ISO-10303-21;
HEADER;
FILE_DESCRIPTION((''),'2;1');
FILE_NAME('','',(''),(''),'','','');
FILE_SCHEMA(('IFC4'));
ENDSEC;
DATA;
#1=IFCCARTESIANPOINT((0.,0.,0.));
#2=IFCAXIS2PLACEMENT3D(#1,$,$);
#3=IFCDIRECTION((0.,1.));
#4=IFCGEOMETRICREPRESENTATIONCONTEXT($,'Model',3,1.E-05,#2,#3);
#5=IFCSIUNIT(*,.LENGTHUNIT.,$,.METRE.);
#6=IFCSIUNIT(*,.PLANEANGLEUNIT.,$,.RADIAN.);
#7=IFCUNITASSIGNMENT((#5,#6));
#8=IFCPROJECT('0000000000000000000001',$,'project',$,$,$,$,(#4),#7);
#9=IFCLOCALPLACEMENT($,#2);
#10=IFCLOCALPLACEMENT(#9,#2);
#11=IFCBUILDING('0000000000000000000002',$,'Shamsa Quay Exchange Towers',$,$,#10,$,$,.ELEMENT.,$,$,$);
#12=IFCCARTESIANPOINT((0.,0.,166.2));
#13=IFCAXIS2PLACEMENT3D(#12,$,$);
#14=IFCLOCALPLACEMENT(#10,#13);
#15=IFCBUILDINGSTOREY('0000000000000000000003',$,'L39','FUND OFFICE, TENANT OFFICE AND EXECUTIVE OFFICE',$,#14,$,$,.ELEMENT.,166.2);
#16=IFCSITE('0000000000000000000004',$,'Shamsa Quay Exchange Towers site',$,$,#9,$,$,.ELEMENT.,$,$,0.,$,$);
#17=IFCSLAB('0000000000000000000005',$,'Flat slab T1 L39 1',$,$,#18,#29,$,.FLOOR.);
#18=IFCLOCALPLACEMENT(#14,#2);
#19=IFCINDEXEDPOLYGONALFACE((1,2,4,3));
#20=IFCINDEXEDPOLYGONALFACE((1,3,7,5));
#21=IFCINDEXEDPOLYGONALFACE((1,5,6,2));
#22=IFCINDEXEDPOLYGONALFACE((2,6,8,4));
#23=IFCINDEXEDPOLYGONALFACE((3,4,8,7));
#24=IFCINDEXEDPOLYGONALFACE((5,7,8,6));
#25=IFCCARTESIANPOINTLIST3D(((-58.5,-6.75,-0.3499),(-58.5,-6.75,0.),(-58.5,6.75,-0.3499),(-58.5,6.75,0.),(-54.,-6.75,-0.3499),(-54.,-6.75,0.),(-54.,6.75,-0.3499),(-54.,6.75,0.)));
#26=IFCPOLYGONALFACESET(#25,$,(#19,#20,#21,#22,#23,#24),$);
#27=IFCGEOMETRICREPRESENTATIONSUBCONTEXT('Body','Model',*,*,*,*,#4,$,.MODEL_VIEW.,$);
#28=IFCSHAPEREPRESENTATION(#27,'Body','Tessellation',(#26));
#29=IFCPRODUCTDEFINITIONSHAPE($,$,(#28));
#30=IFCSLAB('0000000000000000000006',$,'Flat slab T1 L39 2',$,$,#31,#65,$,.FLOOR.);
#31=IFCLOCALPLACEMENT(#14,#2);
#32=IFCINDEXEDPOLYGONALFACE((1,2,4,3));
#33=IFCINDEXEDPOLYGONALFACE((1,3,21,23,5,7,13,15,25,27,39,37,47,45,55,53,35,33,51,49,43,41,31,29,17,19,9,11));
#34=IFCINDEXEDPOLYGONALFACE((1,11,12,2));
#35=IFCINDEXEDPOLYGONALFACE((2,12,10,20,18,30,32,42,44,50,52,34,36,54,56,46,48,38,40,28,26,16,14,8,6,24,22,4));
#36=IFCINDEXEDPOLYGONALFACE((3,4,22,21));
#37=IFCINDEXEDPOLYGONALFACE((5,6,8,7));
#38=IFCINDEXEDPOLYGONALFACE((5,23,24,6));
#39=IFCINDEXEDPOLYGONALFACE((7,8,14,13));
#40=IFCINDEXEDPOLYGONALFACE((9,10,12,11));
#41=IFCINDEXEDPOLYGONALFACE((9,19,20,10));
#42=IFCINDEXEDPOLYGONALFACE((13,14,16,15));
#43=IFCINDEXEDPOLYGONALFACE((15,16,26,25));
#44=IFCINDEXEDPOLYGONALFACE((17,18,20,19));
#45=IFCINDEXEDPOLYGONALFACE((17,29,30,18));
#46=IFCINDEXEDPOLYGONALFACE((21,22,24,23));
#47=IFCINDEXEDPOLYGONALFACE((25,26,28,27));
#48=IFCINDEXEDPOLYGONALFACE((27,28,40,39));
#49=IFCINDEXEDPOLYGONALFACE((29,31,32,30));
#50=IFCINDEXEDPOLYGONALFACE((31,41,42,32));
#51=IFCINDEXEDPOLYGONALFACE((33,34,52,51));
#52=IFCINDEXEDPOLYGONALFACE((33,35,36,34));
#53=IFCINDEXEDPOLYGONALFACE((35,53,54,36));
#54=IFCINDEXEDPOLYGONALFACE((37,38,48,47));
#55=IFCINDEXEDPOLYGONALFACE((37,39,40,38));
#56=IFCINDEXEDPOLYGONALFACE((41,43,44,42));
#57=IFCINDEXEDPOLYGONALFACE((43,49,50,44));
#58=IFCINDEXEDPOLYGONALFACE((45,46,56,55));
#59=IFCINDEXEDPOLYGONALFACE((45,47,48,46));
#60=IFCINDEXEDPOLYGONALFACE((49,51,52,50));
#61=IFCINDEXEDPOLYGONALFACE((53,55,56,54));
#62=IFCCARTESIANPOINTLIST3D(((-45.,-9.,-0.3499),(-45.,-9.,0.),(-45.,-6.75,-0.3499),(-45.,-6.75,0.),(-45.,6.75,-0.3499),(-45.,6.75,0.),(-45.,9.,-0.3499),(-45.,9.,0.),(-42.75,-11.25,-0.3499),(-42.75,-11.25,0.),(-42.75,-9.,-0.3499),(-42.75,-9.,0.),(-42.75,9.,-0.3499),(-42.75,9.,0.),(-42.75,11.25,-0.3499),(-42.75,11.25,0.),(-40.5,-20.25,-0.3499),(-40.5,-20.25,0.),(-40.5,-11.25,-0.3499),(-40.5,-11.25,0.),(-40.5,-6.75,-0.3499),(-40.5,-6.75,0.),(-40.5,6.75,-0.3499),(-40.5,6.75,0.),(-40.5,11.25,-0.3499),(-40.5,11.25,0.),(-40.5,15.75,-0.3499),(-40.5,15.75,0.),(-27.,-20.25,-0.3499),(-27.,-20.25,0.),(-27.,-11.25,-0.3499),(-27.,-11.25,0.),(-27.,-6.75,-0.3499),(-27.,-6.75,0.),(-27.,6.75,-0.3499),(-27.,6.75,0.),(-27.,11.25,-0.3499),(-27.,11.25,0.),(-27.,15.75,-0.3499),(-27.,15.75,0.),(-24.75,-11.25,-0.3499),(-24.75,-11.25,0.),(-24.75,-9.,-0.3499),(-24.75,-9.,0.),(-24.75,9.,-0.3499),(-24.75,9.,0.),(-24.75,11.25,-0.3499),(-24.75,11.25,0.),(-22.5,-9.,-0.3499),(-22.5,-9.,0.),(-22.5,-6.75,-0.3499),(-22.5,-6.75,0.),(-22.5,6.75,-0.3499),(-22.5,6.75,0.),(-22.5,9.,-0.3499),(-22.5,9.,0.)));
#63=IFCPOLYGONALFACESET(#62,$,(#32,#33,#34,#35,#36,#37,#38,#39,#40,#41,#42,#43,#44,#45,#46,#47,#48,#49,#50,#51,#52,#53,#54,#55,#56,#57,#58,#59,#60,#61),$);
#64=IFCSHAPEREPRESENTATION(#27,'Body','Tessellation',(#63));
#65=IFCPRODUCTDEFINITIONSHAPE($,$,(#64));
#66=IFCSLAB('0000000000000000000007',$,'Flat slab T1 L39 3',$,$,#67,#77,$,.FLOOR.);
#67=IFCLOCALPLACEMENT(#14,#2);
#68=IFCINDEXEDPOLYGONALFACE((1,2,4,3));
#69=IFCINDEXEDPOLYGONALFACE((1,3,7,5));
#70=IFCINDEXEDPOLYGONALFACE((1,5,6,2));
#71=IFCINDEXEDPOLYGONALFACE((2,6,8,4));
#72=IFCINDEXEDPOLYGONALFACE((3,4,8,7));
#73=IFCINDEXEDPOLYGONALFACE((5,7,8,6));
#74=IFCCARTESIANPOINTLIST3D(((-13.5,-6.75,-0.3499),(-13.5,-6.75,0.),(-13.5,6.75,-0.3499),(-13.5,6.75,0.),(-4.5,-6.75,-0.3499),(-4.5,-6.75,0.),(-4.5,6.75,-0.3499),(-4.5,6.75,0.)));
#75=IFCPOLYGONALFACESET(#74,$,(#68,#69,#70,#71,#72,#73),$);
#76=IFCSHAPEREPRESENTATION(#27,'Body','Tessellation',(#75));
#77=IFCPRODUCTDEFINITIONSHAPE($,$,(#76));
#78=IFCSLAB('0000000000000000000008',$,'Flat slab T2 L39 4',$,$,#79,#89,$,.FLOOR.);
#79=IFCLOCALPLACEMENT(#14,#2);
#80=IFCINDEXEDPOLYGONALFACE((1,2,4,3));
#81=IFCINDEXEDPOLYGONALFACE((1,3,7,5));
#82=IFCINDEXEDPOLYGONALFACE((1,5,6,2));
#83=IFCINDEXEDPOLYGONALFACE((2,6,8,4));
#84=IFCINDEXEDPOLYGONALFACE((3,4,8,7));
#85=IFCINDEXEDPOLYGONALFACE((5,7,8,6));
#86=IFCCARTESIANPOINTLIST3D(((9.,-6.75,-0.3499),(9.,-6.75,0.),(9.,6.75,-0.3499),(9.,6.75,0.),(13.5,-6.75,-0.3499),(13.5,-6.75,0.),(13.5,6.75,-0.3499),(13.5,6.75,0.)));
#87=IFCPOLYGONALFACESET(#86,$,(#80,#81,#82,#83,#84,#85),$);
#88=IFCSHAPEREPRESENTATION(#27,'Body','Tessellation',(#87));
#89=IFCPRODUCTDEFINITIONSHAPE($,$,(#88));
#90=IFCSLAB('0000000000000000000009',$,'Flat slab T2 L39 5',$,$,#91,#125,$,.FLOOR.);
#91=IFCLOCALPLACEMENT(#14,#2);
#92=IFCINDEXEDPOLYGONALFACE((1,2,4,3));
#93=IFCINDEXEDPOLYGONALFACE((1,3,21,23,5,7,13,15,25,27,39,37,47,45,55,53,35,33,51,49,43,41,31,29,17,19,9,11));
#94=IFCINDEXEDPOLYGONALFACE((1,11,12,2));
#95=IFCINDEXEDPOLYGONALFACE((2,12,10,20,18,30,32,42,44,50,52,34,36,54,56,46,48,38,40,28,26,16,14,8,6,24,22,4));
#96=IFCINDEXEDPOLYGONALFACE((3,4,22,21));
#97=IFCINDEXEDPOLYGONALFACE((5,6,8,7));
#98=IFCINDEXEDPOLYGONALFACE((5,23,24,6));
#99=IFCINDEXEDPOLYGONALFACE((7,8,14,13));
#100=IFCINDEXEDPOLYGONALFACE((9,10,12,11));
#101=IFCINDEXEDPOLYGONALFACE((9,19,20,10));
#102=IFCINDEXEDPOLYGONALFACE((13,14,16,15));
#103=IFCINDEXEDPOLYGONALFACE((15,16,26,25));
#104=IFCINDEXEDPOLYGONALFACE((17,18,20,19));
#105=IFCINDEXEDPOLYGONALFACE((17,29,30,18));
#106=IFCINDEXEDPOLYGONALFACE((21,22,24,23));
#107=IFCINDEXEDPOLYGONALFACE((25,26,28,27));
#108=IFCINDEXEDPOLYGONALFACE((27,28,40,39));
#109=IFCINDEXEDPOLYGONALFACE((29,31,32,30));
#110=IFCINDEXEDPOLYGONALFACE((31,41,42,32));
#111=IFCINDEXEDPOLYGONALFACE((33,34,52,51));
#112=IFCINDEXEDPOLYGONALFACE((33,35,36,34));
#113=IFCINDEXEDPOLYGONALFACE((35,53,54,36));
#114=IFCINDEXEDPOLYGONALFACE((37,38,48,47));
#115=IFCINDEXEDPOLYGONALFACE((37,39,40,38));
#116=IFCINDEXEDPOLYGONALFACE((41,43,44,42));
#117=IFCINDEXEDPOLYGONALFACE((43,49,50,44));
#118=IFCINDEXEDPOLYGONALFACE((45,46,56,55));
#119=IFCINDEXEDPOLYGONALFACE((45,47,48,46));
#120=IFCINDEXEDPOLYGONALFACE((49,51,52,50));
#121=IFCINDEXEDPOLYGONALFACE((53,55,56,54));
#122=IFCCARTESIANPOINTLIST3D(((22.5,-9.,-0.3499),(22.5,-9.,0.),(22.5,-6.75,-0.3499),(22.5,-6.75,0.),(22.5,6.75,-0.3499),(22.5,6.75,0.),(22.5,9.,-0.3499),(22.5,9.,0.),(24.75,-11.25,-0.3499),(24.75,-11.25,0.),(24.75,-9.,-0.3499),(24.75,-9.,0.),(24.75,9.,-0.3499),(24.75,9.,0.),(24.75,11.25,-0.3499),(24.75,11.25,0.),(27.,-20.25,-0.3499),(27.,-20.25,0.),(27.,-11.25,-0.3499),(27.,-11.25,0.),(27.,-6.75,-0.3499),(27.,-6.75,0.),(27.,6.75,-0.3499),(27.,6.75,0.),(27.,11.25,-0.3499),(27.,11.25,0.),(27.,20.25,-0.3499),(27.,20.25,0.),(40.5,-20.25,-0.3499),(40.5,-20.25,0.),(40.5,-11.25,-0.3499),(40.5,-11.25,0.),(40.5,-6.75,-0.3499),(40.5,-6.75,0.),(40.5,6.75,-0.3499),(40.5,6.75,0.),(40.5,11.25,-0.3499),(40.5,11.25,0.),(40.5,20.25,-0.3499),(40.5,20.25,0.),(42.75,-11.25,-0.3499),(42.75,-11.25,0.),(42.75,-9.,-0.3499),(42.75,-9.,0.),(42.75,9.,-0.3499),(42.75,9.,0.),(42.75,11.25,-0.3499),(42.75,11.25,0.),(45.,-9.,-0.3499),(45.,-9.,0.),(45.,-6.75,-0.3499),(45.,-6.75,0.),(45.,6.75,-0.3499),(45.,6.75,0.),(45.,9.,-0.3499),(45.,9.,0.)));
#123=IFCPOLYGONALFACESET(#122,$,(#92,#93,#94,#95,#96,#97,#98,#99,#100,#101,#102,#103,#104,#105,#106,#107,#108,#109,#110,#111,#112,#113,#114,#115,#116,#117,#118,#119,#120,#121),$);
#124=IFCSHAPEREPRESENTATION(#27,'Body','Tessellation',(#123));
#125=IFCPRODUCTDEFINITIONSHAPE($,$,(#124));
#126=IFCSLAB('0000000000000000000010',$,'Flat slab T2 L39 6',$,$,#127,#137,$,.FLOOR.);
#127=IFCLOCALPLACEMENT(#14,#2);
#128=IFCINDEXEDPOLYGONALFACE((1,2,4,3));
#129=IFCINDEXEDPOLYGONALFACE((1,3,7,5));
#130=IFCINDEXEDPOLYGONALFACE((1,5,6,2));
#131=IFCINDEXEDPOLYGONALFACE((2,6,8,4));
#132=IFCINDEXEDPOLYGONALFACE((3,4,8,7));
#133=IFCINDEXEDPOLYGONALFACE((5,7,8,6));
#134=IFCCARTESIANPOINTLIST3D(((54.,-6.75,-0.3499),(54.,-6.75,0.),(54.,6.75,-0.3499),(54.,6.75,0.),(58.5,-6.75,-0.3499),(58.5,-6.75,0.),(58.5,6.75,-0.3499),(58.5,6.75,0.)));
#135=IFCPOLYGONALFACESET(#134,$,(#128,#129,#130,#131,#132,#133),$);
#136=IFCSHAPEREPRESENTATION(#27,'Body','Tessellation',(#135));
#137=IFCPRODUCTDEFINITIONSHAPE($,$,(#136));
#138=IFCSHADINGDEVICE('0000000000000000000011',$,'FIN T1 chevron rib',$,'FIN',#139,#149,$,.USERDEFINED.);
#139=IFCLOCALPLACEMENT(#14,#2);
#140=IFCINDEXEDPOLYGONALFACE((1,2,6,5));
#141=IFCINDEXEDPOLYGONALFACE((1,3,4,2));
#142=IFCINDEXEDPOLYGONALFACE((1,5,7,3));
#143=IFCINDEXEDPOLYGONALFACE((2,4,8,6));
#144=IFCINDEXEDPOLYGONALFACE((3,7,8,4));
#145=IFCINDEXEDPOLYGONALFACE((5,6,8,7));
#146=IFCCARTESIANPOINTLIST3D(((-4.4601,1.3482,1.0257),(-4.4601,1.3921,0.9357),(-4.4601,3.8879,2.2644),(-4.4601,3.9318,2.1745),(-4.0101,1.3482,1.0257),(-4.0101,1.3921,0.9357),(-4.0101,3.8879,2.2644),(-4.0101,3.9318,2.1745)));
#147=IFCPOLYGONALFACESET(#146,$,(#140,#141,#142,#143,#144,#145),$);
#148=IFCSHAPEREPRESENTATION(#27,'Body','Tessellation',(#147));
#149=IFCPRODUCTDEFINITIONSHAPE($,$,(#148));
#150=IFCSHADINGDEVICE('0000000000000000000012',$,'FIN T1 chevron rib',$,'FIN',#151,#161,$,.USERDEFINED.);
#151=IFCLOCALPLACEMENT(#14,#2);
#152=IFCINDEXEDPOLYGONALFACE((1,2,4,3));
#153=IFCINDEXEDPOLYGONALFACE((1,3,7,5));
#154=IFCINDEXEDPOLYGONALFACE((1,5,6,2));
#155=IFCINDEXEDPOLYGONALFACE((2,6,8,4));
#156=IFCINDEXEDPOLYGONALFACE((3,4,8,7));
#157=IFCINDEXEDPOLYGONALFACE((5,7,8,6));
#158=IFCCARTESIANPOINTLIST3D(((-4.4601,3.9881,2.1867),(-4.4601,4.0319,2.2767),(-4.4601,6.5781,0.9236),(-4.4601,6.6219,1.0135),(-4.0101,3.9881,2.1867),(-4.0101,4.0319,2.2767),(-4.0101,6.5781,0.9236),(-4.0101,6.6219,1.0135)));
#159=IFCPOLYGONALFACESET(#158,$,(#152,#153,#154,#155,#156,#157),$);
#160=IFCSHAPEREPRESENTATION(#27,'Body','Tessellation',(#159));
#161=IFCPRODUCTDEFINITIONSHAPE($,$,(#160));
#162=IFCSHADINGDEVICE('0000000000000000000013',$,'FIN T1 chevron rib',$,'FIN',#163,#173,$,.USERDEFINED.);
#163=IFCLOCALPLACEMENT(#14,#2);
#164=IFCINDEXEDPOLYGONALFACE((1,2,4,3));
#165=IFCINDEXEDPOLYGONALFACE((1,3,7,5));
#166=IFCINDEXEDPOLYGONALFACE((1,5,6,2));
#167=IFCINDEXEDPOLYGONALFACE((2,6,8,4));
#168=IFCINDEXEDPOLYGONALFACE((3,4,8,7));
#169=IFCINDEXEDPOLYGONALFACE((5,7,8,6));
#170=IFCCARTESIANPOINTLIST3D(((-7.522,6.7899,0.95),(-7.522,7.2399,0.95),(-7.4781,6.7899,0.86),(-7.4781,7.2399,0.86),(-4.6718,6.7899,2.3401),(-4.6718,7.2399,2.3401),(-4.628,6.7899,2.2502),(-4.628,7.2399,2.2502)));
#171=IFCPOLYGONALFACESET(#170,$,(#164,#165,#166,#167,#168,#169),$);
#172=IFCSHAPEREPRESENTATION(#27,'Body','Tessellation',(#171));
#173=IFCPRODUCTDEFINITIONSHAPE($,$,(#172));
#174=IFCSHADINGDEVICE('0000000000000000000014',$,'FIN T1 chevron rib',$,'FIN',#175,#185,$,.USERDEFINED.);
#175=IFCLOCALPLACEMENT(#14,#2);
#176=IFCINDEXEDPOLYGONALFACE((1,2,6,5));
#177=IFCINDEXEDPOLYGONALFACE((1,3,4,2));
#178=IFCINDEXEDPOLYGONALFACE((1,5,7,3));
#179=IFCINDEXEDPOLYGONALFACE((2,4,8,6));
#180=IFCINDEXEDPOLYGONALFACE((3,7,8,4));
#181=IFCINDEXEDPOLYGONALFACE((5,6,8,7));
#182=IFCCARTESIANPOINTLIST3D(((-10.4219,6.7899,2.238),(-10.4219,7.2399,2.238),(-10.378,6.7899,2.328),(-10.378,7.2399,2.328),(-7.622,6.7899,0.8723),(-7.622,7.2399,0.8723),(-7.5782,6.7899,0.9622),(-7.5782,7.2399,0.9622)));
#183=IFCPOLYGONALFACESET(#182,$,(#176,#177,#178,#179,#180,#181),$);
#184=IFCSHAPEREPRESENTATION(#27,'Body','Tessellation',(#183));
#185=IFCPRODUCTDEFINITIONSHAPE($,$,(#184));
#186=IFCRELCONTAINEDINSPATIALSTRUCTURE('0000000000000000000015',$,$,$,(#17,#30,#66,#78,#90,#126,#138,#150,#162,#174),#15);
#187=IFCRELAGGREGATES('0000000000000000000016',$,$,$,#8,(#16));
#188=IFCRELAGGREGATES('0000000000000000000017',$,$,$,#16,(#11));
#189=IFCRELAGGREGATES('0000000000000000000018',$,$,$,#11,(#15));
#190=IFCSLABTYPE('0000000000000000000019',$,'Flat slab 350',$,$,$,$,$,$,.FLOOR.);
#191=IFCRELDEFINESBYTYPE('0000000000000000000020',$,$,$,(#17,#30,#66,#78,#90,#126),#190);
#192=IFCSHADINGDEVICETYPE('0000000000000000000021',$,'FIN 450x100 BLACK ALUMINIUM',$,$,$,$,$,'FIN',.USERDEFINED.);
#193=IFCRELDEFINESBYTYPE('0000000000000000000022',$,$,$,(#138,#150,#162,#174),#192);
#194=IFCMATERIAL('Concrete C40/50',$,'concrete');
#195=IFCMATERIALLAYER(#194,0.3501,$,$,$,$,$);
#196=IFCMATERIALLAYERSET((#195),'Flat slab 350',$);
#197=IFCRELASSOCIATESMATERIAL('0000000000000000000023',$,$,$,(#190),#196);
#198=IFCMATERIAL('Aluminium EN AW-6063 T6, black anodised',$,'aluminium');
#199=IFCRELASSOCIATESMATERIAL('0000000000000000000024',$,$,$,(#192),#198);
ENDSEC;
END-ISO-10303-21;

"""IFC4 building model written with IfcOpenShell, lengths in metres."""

from ifc_helpers import new_model, si_unit, direction, frame, origin, origin_2d, place, context, subcontext, project, spatial, polyline, rectangle, outline, extrude, material, layer, layer_set, material_profile, profile_set, type_object, element, save


model = new_model("IFC4")

# Units and contexts
model_context = context("Model", 3, precision=1e-05, world=origin(), true_north=direction((0.0, 1.0)))
body_context = subcontext(model_context, "Body", "Model", "MODEL_VIEW")
ifc_project = project(units=[si_unit("LENGTHUNIT", "METRE"), si_unit("PLANEANGLEUNIT", "RADIAN")], contexts=[model_context])

# Site, building, storey
site_placement = place(None, origin())
site = spatial("IfcSite", under=ifc_project, at=site_placement, Name="Shamsa Quay Exchange Towers site", CompositionType="ELEMENT", RefElevation=0.0)
building_placement = place(site_placement, origin())
building = spatial("IfcBuilding", under=site, at=building_placement, Name="Shamsa Quay Exchange Towers", CompositionType="ELEMENT")
storey_placement = place(building_placement, frame((0.0, 0.0, 166.2)))
storey = spatial("IfcBuildingStorey", under=building, at=storey_placement, Name="L39", Description="FUND OFFICE, TENANT OFFICE AND EXECUTIVE OFFICE", CompositionType="ELEMENT", Elevation=166.2)

# Shared definitions
ifc_material_1 = material(Name="Aluminium EN AW-6063 T6, black anodised", Category="aluminium")

# Shared definitions
ifc_material_2 = material(Name="Concrete C40/50", Category="concrete")

# Slabs
ifc_layer_1 = layer(ifc_material_2, 0.3501)
ifc_layer_set_1 = layer_set([ifc_layer_1], Name="Flat slab 350")
slab_type_1 = type_object("IfcSlabType", Name="Flat slab 350", PredefinedType="FLOOR", material=ifc_layer_set_1)
slab_1_placement = place(storey_placement, frame((0.0, 0.0, -0.3499)))
element("IfcSlab", 1, at=slab_1_placement, inside=storey, type_object=slab_type_1, Name="Flat slab T1 L39 1", PredefinedType="FLOOR", context=body_context, shape_type="SweptSolid", body=[
    extrude(outline(polyline([(-58.5, -6.75), (-54.0, -6.75), (-54.0, 6.75), (-58.5, 6.75), (-58.5, -6.75)])), origin(), (0.0, 0.0, 1.0), 0.3499),
])
slab_2_placement = place(storey_placement, frame((0.0, 0.0, -0.3499)))
element("IfcSlab", 2, at=slab_2_placement, inside=storey, type_object=slab_type_1, Name="Flat slab T1 L39 2", PredefinedType="FLOOR", context=body_context, shape_type="SweptSolid", body=[
    extrude(outline(polyline([(-22.5, -9.0), (-22.5, -6.75), (-27.0, -6.75), (-27.0, 6.75), (-22.5, 6.75), (-22.5, 9.0), (-24.75, 9.0), (-24.75, 11.25), (-27.0, 11.25), (-27.0, 15.75), (-40.5, 15.75), (-40.5, 11.25), (-42.75, 11.25), (-42.75, 9.0), (-45.0, 9.0), (-45.0, 6.75), (-40.5, 6.75), (-40.5, -6.75), (-45.0, -6.75), (-45.0, -9.0), (-42.75, -9.0), (-42.75, -11.25), (-40.5, -11.25), (-40.5, -20.25), (-27.0, -20.25), (-27.0, -11.25), (-24.75, -11.25), (-24.75, -9.0), (-22.5, -9.0)])), origin(), (0.0, 0.0, 1.0), 0.3499),
])
slab_3_placement = place(storey_placement, frame((0.0, 0.0, -0.3499)))
element("IfcSlab", 3, at=slab_3_placement, inside=storey, type_object=slab_type_1, Name="Flat slab T1 L39 3", PredefinedType="FLOOR", context=body_context, shape_type="SweptSolid", body=[
    extrude(outline(polyline([(-4.5, 6.75), (-13.5, 6.75), (-13.5, -6.75), (-4.5, -6.75), (-4.5, 6.75)])), origin(), (0.0, 0.0, 1.0), 0.3499),
])
slab_4_placement = place(storey_placement, frame((0.0, 0.0, -0.3499)))
element("IfcSlab", 4, at=slab_4_placement, inside=storey, type_object=slab_type_1, Name="Flat slab T2 L39 4", PredefinedType="FLOOR", context=body_context, shape_type="SweptSolid", body=[
    extrude(outline(polyline([(9.0, -6.75), (13.5, -6.75), (13.5, 6.75), (9.0, 6.75), (9.0, -6.75)])), origin(), (0.0, 0.0, 1.0), 0.3499),
])
slab_5_placement = place(storey_placement, frame((0.0, 0.0, -0.3499)))
element("IfcSlab", 5, at=slab_5_placement, inside=storey, type_object=slab_type_1, Name="Flat slab T2 L39 5", PredefinedType="FLOOR", context=body_context, shape_type="SweptSolid", body=[
    extrude(outline(polyline([(45.0, -9.0), (45.0, -6.75), (40.5, -6.75), (40.5, 6.75), (45.0, 6.75), (45.0, 9.0), (42.75, 9.0), (42.75, 11.25), (40.5, 11.25), (40.5, 20.25), (27.0, 20.25), (27.0, 11.25), (24.75, 11.25), (24.75, 9.0), (22.5, 9.0), (22.5, 6.75), (27.0, 6.75), (27.0, -6.75), (22.5, -6.75), (22.5, -9.0), (24.75, -9.0), (24.75, -11.25), (27.0, -11.25), (27.0, -20.25), (40.5, -20.25), (40.5, -11.25), (42.75, -11.25), (42.75, -9.0), (45.0, -9.0)])), origin(), (0.0, 0.0, 1.0), 0.3499),
])
slab_6_placement = place(storey_placement, frame((0.0, 0.0, -0.3499)))
element("IfcSlab", 6, at=slab_6_placement, inside=storey, type_object=slab_type_1, Name="Flat slab T2 L39 6", PredefinedType="FLOOR", context=body_context, shape_type="SweptSolid", body=[
    extrude(outline(polyline([(58.5, 6.75), (54.0, 6.75), (54.0, -6.75), (58.5, -6.75), (58.5, 6.75)])), origin(), (0.0, 0.0, 1.0), 0.3499),
])

# Shading devices
ifc_material_profile_1 = material_profile(ifc_material_1, rectangle(XDim=0.45, YDim=0.1001, at=origin_2d()), Name="FIN450x100")
ifc_profile_set_1 = profile_set([ifc_material_profile_1], Name="Aluminium EN AW-6063 T6, black anodised")
shading_device_type = type_object("IfcShadingDeviceType", Name="FIN 450x100 BLACK ALUMINIUM", ElementType="FIN", PredefinedType="USERDEFINED", material=ifc_profile_set_1)
shading_device_1_placement = place(storey_placement, frame((-4.2351, 1.3701, 0.9807), z_axis=(0.0, 0.89879, 0.438379), x_axis=(-1.0, 0.0, 0.0)))
element("IfcShadingDevice", 7, at=shading_device_1_placement, inside=storey, type_object=shading_device_type, Name="FIN T1 chevron rib", ObjectType="FIN", PredefinedType="USERDEFINED", context=body_context, shape_type="SweptSolid", body=[
    extrude(rectangle(XDim=0.45, YDim=0.1001, at=origin_2d()), origin(), (0.0, 0.0, 1.0), 2.8257),
])
shading_device_2_placement = place(storey_placement, frame((-4.2351, 4.01, 2.2317), z_axis=(0.0, 0.898806, -0.438347), x_axis=(-1.0, 0.0, 0.0)))
element("IfcShadingDevice", 8, at=shading_device_2_placement, inside=storey, type_object=shading_device_type, Name="FIN T1 chevron rib", ObjectType="FIN", PredefinedType="USERDEFINED", context=body_context, shape_type="SweptSolid", body=[
    extrude(rectangle(XDim=0.45, YDim=0.1001, at=origin_2d()), origin(), (0.0, 0.0, 1.0), 2.8816),
])
shading_device_3_placement = place(storey_placement, frame((-4.6499, 7.0149, 2.2952), z_axis=(-0.898788, 0.0, -0.438384), x_axis=(0.0, -1.0, 0.0)))
element("IfcShadingDevice", 9, at=shading_device_3_placement, inside=storey, type_object=shading_device_type, Name="FIN T1 chevron rib", ObjectType="FIN", PredefinedType="USERDEFINED", context=body_context, shape_type="SweptSolid", body=[
    extrude(rectangle(XDim=0.45, YDim=0.1001, at=origin_2d()), origin(), (0.0, 0.0, 1.0), 3.1711),
])
shading_device_4_placement = place(storey_placement, frame((-7.6001, 7.0149, 0.9172), z_axis=(-0.898773, 0.0, 0.438414), x_axis=(0.0, -1.0, 0.0)))
element("IfcShadingDevice", 10, at=shading_device_4_placement, inside=storey, type_object=shading_device_type, Name="FIN T1 chevron rib", ObjectType="FIN", PredefinedType="USERDEFINED", context=body_context, shape_type="SweptSolid", body=[
    extrude(rectangle(XDim=0.45, YDim=0.1001, at=origin_2d()), origin(), (0.0, 0.0, 1.0), 3.1152),
])

save(model, "model.ifc")
